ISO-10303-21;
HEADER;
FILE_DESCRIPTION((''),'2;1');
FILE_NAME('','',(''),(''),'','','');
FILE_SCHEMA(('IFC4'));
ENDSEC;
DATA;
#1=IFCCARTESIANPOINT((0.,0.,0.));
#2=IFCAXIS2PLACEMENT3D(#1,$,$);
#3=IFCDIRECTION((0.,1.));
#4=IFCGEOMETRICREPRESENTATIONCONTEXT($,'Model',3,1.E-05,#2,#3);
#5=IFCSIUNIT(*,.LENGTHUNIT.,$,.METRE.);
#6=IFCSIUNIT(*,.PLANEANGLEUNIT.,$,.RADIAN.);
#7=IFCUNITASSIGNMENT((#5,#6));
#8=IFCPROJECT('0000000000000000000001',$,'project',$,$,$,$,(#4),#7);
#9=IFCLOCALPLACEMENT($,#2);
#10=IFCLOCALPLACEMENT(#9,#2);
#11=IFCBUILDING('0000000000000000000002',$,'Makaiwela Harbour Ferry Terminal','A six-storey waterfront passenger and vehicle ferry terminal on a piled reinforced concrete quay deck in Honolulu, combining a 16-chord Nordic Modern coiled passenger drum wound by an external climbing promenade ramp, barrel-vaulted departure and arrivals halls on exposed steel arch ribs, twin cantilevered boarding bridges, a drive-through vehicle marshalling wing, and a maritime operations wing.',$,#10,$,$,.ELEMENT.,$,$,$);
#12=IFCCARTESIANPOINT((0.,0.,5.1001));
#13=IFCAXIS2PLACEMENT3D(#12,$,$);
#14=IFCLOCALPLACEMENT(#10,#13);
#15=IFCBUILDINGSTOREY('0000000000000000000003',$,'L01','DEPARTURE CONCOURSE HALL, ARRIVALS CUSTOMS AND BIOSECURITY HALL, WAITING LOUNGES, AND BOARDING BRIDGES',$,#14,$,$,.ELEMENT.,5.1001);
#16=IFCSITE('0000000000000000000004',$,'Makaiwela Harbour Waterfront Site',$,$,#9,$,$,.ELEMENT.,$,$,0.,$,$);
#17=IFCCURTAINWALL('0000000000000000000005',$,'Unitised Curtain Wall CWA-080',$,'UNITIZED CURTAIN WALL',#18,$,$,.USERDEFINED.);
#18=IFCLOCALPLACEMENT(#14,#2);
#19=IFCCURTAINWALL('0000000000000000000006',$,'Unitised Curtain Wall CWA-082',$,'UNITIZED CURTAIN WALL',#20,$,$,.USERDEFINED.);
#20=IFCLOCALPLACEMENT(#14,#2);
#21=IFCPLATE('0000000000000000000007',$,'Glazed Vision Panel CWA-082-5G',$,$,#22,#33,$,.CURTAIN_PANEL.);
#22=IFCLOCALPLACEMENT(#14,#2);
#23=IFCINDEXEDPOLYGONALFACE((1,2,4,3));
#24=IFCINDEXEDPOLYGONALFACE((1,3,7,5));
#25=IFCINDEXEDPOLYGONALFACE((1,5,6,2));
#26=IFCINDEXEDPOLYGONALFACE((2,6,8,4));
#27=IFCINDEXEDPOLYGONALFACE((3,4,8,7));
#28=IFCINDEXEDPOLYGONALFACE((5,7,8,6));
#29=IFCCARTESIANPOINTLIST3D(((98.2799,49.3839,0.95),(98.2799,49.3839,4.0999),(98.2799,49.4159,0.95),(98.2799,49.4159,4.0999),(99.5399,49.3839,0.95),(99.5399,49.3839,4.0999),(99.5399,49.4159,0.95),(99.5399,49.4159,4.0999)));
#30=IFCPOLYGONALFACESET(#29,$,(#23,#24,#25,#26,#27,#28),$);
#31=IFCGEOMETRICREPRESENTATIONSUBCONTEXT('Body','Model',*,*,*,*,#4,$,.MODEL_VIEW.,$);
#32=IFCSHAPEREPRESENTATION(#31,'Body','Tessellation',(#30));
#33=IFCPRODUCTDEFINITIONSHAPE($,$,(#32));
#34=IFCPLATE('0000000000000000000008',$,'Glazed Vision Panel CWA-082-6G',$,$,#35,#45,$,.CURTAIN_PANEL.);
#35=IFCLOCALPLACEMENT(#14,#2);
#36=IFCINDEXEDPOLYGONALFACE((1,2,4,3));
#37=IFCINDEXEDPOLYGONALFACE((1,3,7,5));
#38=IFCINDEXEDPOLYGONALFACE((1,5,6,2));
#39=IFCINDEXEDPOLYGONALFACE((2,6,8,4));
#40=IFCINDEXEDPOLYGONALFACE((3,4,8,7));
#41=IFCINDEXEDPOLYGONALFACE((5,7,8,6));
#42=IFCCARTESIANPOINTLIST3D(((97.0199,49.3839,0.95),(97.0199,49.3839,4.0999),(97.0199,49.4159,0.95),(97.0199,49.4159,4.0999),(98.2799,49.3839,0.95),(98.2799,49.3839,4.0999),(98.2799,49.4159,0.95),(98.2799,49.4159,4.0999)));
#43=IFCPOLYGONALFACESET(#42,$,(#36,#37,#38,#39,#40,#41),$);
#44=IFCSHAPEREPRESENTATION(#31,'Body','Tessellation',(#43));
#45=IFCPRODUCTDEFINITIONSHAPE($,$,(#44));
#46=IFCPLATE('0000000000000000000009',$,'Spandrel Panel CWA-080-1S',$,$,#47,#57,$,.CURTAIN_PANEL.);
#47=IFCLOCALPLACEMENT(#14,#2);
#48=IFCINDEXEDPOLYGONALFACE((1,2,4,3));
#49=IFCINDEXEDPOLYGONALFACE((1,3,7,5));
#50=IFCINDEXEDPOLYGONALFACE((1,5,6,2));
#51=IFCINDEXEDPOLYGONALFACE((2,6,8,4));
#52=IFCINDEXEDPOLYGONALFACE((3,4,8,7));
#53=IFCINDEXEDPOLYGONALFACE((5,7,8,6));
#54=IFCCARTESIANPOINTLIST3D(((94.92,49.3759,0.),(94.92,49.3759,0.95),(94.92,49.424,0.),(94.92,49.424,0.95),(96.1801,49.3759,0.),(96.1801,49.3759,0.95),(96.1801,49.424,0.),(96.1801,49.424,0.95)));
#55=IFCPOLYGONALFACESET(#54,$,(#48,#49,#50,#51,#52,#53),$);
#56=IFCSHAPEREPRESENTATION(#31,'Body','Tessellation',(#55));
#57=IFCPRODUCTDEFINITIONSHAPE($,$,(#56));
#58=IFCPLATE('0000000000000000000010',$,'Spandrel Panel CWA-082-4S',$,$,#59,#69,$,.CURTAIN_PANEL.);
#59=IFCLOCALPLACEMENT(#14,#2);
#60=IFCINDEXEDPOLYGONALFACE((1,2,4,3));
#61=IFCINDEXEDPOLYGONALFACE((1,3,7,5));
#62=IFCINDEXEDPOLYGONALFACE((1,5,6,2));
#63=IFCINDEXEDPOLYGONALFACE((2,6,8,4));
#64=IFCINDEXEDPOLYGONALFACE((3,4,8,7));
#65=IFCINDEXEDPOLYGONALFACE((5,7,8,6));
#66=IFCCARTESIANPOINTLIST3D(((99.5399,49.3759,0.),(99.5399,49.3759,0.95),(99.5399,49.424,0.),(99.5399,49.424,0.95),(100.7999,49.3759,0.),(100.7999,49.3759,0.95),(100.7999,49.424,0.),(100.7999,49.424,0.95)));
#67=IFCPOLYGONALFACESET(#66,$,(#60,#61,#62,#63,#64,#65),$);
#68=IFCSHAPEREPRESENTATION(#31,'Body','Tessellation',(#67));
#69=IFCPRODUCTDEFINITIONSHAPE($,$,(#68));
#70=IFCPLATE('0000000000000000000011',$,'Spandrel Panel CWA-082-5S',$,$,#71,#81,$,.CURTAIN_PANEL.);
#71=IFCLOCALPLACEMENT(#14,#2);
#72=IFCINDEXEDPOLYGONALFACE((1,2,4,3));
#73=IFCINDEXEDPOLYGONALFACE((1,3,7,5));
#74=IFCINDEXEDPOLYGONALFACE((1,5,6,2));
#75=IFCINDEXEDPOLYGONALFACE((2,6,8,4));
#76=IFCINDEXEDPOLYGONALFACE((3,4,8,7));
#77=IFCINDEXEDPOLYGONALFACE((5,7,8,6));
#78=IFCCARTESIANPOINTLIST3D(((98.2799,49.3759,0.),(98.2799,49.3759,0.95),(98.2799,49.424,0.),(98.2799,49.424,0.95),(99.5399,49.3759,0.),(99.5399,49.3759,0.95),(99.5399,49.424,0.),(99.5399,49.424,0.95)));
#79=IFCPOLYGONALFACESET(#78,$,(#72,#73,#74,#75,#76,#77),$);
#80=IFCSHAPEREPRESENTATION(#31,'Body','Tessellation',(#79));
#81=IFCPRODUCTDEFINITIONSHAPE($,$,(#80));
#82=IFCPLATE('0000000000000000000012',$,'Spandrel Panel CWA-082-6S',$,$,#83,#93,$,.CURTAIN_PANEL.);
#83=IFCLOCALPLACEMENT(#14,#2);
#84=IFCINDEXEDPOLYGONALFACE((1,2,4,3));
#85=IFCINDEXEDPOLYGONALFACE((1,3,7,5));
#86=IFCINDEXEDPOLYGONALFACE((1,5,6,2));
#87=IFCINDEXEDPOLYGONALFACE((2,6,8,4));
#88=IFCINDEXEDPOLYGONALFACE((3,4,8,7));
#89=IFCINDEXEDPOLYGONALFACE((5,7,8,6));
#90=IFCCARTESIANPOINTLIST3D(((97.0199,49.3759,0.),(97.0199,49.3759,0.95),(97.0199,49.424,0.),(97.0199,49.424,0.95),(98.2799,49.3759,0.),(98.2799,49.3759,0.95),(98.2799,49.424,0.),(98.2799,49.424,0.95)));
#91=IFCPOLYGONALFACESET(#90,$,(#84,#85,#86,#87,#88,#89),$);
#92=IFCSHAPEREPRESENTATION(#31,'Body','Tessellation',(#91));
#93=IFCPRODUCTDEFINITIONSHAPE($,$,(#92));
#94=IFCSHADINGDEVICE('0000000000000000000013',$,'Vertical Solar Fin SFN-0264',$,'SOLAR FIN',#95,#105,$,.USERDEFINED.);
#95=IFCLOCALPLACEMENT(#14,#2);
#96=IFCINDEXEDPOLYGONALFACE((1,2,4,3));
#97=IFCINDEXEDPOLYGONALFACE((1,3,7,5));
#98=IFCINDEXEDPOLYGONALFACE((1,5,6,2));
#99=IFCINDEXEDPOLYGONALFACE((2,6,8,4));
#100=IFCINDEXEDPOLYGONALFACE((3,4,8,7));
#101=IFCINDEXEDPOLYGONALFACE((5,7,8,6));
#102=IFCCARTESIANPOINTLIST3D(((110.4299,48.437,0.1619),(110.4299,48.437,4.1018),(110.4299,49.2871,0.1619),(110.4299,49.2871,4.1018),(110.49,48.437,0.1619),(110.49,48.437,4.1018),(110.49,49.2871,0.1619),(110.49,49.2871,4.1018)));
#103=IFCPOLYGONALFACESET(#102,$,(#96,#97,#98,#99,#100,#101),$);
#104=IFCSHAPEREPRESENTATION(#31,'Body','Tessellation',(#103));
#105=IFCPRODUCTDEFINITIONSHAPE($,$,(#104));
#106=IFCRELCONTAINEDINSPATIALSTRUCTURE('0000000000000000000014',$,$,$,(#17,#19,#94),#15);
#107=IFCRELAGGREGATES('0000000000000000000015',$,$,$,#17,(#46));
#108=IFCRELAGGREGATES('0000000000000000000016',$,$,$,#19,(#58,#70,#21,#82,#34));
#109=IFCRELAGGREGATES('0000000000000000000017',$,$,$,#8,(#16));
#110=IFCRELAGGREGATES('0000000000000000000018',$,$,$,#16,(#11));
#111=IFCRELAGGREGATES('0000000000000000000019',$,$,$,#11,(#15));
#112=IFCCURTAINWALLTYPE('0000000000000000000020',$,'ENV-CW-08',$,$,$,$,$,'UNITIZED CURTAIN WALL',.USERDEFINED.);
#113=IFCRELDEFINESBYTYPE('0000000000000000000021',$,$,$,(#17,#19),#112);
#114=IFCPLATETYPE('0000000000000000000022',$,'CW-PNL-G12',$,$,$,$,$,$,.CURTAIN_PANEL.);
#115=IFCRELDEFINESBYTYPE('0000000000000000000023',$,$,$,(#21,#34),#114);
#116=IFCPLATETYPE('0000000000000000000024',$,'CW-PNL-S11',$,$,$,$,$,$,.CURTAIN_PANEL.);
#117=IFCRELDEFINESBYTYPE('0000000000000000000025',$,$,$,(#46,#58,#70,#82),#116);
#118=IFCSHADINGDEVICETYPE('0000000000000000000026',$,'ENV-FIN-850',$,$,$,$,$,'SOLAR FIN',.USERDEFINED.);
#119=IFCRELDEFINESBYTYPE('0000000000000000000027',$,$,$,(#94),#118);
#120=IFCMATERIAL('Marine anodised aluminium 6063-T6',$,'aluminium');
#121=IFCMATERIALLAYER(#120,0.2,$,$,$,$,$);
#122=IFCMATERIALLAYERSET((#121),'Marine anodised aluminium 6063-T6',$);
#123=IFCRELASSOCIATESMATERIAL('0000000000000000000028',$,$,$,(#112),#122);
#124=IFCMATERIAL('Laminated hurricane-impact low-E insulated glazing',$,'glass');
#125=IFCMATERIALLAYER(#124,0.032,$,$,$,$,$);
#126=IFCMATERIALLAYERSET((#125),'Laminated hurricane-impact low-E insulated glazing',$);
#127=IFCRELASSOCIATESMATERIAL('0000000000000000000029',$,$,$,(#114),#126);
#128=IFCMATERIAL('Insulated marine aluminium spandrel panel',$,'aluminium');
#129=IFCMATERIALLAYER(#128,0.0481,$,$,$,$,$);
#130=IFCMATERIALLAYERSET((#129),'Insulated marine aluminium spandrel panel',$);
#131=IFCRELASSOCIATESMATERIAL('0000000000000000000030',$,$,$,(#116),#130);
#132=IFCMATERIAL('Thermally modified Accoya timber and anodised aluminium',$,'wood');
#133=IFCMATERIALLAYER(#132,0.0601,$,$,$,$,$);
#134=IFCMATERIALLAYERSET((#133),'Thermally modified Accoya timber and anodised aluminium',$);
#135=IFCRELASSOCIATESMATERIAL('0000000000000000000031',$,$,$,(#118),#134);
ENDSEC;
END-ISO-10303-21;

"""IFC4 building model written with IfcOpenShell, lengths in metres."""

from ifc_helpers import new_model, si_unit, direction, frame, origin, origin_2d, place, context, subcontext, project, spatial, rectangle, extrude, material, layer, layer_set, type_object, element, aggregate, save


model = new_model("IFC4")

# Units and contexts
model_context = context("Model", 3, precision=1e-05, world=origin(), true_north=direction((0.0, 1.0)))
body_context = subcontext(model_context, "Body", "Model", "MODEL_VIEW")
ifc_project = project(units=[si_unit("LENGTHUNIT", "METRE"), si_unit("PLANEANGLEUNIT", "RADIAN")], contexts=[model_context])

# Site, building, storey
site_placement = place(None, origin())
site = spatial("IfcSite", under=ifc_project, at=site_placement, Name="Makaiwela Harbour Waterfront Site", CompositionType="ELEMENT", RefElevation=0.0)
building_placement = place(site_placement, origin())
building = spatial("IfcBuilding", under=site, at=building_placement, Name="Makaiwela Harbour Ferry Terminal", Description="A six-storey waterfront passenger and vehicle ferry terminal on a piled reinforced concrete quay deck in Honolulu, combining a 16-chord Nordic Modern coiled passenger drum wound by an external climbing promenade ramp, barrel-vaulted departure and arrivals halls on exposed steel arch ribs, twin cantilevered boarding bridges, a drive-through vehicle marshalling wing, and a maritime operations wing.", CompositionType="ELEMENT")
storey_placement = place(building_placement, frame((0.0, 0.0, 5.1001)))
storey = spatial("IfcBuildingStorey", under=building, at=storey_placement, Name="L01", Description="DEPARTURE CONCOURSE HALL, ARRIVALS CUSTOMS AND BIOSECURITY HALL, WAITING LOUNGES, AND BOARDING BRIDGES", CompositionType="ELEMENT", Elevation=5.1001)

# Curtain wall
ifc_material_1 = material(Name="Marine anodised aluminium 6063-T6", Category="aluminium")
ifc_layer_1 = layer(ifc_material_1, 0.2)
ifc_layer_set_1 = layer_set([ifc_layer_1], Name="Marine anodised aluminium 6063-T6")
curtain_wall_type = type_object("IfcCurtainWallType", Name="ENV-CW-08", ElementType="UNITIZED CURTAIN WALL", PredefinedType="USERDEFINED", material=ifc_layer_set_1)
curtain_wall_1_placement = place(storey_placement, origin())
curtain_wall_1 = element("IfcCurtainWall", 1, at=curtain_wall_1_placement, inside=storey, type_object=curtain_wall_type, Name="Unitised Curtain Wall CWA-080", ObjectType="UNITIZED CURTAIN WALL", PredefinedType="USERDEFINED")

# Curtain wall
curtain_wall_2_placement = place(storey_placement, origin())
curtain_wall_2 = element("IfcCurtainWall", 2, at=curtain_wall_2_placement, inside=storey, type_object=curtain_wall_type, Name="Unitised Curtain Wall CWA-082", ObjectType="UNITIZED CURTAIN WALL", PredefinedType="USERDEFINED")

# Plates
ifc_material_2 = material(Name="Laminated hurricane-impact low-E insulated glazing", Category="glass")
ifc_layer_2 = layer(ifc_material_2, 0.032)
ifc_layer_set_2 = layer_set([ifc_layer_2], Name="Laminated hurricane-impact low-E insulated glazing")
plate_type_1 = type_object("IfcPlateType", Name="CW-PNL-G12", PredefinedType="CURTAIN_PANEL", material=ifc_layer_set_2)
plate_1_placement = place(storey_placement, frame((98.9099, 49.3999, 0.95), z_axis=(0.0, 0.0, 1.0), x_axis=(-1.0, 0.0, 0.0)))
plate_1 = element("IfcPlate", 3, at=plate_1_placement, type_object=plate_type_1, Name="Glazed Vision Panel CWA-082-5G", PredefinedType="CURTAIN_PANEL", context=body_context, shape_type="SweptSolid", body=[
    extrude(rectangle(XDim=1.26, YDim=0.032, at=origin_2d()), origin(), (0.0, 0.0, 1.0), 3.1499),
])
plate_2_placement = place(storey_placement, frame((97.6499, 49.3999, 0.95), z_axis=(0.0, 0.0, 1.0), x_axis=(-1.0, 0.0, 0.0)))
plate_2 = element("IfcPlate", 4, at=plate_2_placement, type_object=plate_type_1, Name="Glazed Vision Panel CWA-082-6G", PredefinedType="CURTAIN_PANEL", context=body_context, shape_type="SweptSolid", body=[
    extrude(rectangle(XDim=1.26, YDim=0.032, at=origin_2d()), origin(), (0.0, 0.0, 1.0), 3.1499),
])
ifc_material_3 = material(Name="Insulated marine aluminium spandrel panel", Category="aluminium")
ifc_layer_3 = layer(ifc_material_3, 0.0481)
ifc_layer_set_3 = layer_set([ifc_layer_3], Name="Insulated marine aluminium spandrel panel")
plate_type_2 = type_object("IfcPlateType", Name="CW-PNL-S11", PredefinedType="CURTAIN_PANEL", material=ifc_layer_set_3)
plate_3_placement = place(storey_placement, frame((95.55, 49.3999, 0.0), z_axis=(0.0, 0.0, 1.0), x_axis=(-1.0, 0.0, 0.0)))
plate_3 = element("IfcPlate", 5, at=plate_3_placement, type_object=plate_type_2, Name="Spandrel Panel CWA-080-1S", PredefinedType="CURTAIN_PANEL", context=body_context, shape_type="SweptSolid", body=[
    extrude(rectangle(XDim=1.26, YDim=0.0481, at=origin_2d()), origin(), (0.0, 0.0, 1.0), 0.95),
])
aggregate(curtain_wall_1, [plate_3])
plate_4_placement = place(storey_placement, frame((100.1699, 49.3999, 0.0), z_axis=(0.0, 0.0, 1.0), x_axis=(-1.0, 0.0, 0.0)))
plate_4 = element("IfcPlate", 6, at=plate_4_placement, type_object=plate_type_2, Name="Spandrel Panel CWA-082-4S", PredefinedType="CURTAIN_PANEL", context=body_context, shape_type="SweptSolid", body=[
    extrude(rectangle(XDim=1.26, YDim=0.0481, at=origin_2d()), origin(), (0.0, 0.0, 1.0), 0.95),
])
plate_5_placement = place(storey_placement, frame((98.9099, 49.3999, 0.0), z_axis=(0.0, 0.0, 1.0), x_axis=(-1.0, 0.0, 0.0)))
plate_5 = element("IfcPlate", 7, at=plate_5_placement, type_object=plate_type_2, Name="Spandrel Panel CWA-082-5S", PredefinedType="CURTAIN_PANEL", context=body_context, shape_type="SweptSolid", body=[
    extrude(rectangle(XDim=1.26, YDim=0.0481, at=origin_2d()), origin(), (0.0, 0.0, 1.0), 0.95),
])
plate_6_placement = place(storey_placement, frame((97.6499, 49.3999, 0.0), z_axis=(0.0, 0.0, 1.0), x_axis=(-1.0, 0.0, 0.0)))
plate_6 = element("IfcPlate", 8, at=plate_6_placement, type_object=plate_type_2, Name="Spandrel Panel CWA-082-6S", PredefinedType="CURTAIN_PANEL", context=body_context, shape_type="SweptSolid", body=[
    extrude(rectangle(XDim=1.26, YDim=0.0481, at=origin_2d()), origin(), (0.0, 0.0, 1.0), 0.95),
])
aggregate(curtain_wall_2, [plate_4, plate_5, plate_1, plate_6, plate_2])

# Shading device
ifc_material_4 = material(Name="Thermally modified Accoya timber and anodised aluminium", Category="wood")
ifc_layer_4 = layer(ifc_material_4, 0.0601)
ifc_layer_set_4 = layer_set([ifc_layer_4], Name="Thermally modified Accoya timber and anodised aluminium")
shading_device_type = type_object("IfcShadingDeviceType", Name="ENV-FIN-850", ElementType="SOLAR FIN", PredefinedType="USERDEFINED", material=ifc_layer_set_4)
shading_device_placement = place(storey_placement, frame((110.46, 48.8621, 0.1619), z_axis=(0.0, 0.0, 1.0), x_axis=(0.0, -1.0, 0.0)))
element("IfcShadingDevice", 9, at=shading_device_placement, inside=storey, type_object=shading_device_type, Name="Vertical Solar Fin SFN-0264", ObjectType="SOLAR FIN", PredefinedType="USERDEFINED", context=body_context, shape_type="SweptSolid", body=[
    extrude(rectangle(XDim=0.8501, YDim=0.0601, at=origin_2d()), origin(), (0.0, 0.0, 1.0), 3.9399),
])

save(model, "model.ifc")
